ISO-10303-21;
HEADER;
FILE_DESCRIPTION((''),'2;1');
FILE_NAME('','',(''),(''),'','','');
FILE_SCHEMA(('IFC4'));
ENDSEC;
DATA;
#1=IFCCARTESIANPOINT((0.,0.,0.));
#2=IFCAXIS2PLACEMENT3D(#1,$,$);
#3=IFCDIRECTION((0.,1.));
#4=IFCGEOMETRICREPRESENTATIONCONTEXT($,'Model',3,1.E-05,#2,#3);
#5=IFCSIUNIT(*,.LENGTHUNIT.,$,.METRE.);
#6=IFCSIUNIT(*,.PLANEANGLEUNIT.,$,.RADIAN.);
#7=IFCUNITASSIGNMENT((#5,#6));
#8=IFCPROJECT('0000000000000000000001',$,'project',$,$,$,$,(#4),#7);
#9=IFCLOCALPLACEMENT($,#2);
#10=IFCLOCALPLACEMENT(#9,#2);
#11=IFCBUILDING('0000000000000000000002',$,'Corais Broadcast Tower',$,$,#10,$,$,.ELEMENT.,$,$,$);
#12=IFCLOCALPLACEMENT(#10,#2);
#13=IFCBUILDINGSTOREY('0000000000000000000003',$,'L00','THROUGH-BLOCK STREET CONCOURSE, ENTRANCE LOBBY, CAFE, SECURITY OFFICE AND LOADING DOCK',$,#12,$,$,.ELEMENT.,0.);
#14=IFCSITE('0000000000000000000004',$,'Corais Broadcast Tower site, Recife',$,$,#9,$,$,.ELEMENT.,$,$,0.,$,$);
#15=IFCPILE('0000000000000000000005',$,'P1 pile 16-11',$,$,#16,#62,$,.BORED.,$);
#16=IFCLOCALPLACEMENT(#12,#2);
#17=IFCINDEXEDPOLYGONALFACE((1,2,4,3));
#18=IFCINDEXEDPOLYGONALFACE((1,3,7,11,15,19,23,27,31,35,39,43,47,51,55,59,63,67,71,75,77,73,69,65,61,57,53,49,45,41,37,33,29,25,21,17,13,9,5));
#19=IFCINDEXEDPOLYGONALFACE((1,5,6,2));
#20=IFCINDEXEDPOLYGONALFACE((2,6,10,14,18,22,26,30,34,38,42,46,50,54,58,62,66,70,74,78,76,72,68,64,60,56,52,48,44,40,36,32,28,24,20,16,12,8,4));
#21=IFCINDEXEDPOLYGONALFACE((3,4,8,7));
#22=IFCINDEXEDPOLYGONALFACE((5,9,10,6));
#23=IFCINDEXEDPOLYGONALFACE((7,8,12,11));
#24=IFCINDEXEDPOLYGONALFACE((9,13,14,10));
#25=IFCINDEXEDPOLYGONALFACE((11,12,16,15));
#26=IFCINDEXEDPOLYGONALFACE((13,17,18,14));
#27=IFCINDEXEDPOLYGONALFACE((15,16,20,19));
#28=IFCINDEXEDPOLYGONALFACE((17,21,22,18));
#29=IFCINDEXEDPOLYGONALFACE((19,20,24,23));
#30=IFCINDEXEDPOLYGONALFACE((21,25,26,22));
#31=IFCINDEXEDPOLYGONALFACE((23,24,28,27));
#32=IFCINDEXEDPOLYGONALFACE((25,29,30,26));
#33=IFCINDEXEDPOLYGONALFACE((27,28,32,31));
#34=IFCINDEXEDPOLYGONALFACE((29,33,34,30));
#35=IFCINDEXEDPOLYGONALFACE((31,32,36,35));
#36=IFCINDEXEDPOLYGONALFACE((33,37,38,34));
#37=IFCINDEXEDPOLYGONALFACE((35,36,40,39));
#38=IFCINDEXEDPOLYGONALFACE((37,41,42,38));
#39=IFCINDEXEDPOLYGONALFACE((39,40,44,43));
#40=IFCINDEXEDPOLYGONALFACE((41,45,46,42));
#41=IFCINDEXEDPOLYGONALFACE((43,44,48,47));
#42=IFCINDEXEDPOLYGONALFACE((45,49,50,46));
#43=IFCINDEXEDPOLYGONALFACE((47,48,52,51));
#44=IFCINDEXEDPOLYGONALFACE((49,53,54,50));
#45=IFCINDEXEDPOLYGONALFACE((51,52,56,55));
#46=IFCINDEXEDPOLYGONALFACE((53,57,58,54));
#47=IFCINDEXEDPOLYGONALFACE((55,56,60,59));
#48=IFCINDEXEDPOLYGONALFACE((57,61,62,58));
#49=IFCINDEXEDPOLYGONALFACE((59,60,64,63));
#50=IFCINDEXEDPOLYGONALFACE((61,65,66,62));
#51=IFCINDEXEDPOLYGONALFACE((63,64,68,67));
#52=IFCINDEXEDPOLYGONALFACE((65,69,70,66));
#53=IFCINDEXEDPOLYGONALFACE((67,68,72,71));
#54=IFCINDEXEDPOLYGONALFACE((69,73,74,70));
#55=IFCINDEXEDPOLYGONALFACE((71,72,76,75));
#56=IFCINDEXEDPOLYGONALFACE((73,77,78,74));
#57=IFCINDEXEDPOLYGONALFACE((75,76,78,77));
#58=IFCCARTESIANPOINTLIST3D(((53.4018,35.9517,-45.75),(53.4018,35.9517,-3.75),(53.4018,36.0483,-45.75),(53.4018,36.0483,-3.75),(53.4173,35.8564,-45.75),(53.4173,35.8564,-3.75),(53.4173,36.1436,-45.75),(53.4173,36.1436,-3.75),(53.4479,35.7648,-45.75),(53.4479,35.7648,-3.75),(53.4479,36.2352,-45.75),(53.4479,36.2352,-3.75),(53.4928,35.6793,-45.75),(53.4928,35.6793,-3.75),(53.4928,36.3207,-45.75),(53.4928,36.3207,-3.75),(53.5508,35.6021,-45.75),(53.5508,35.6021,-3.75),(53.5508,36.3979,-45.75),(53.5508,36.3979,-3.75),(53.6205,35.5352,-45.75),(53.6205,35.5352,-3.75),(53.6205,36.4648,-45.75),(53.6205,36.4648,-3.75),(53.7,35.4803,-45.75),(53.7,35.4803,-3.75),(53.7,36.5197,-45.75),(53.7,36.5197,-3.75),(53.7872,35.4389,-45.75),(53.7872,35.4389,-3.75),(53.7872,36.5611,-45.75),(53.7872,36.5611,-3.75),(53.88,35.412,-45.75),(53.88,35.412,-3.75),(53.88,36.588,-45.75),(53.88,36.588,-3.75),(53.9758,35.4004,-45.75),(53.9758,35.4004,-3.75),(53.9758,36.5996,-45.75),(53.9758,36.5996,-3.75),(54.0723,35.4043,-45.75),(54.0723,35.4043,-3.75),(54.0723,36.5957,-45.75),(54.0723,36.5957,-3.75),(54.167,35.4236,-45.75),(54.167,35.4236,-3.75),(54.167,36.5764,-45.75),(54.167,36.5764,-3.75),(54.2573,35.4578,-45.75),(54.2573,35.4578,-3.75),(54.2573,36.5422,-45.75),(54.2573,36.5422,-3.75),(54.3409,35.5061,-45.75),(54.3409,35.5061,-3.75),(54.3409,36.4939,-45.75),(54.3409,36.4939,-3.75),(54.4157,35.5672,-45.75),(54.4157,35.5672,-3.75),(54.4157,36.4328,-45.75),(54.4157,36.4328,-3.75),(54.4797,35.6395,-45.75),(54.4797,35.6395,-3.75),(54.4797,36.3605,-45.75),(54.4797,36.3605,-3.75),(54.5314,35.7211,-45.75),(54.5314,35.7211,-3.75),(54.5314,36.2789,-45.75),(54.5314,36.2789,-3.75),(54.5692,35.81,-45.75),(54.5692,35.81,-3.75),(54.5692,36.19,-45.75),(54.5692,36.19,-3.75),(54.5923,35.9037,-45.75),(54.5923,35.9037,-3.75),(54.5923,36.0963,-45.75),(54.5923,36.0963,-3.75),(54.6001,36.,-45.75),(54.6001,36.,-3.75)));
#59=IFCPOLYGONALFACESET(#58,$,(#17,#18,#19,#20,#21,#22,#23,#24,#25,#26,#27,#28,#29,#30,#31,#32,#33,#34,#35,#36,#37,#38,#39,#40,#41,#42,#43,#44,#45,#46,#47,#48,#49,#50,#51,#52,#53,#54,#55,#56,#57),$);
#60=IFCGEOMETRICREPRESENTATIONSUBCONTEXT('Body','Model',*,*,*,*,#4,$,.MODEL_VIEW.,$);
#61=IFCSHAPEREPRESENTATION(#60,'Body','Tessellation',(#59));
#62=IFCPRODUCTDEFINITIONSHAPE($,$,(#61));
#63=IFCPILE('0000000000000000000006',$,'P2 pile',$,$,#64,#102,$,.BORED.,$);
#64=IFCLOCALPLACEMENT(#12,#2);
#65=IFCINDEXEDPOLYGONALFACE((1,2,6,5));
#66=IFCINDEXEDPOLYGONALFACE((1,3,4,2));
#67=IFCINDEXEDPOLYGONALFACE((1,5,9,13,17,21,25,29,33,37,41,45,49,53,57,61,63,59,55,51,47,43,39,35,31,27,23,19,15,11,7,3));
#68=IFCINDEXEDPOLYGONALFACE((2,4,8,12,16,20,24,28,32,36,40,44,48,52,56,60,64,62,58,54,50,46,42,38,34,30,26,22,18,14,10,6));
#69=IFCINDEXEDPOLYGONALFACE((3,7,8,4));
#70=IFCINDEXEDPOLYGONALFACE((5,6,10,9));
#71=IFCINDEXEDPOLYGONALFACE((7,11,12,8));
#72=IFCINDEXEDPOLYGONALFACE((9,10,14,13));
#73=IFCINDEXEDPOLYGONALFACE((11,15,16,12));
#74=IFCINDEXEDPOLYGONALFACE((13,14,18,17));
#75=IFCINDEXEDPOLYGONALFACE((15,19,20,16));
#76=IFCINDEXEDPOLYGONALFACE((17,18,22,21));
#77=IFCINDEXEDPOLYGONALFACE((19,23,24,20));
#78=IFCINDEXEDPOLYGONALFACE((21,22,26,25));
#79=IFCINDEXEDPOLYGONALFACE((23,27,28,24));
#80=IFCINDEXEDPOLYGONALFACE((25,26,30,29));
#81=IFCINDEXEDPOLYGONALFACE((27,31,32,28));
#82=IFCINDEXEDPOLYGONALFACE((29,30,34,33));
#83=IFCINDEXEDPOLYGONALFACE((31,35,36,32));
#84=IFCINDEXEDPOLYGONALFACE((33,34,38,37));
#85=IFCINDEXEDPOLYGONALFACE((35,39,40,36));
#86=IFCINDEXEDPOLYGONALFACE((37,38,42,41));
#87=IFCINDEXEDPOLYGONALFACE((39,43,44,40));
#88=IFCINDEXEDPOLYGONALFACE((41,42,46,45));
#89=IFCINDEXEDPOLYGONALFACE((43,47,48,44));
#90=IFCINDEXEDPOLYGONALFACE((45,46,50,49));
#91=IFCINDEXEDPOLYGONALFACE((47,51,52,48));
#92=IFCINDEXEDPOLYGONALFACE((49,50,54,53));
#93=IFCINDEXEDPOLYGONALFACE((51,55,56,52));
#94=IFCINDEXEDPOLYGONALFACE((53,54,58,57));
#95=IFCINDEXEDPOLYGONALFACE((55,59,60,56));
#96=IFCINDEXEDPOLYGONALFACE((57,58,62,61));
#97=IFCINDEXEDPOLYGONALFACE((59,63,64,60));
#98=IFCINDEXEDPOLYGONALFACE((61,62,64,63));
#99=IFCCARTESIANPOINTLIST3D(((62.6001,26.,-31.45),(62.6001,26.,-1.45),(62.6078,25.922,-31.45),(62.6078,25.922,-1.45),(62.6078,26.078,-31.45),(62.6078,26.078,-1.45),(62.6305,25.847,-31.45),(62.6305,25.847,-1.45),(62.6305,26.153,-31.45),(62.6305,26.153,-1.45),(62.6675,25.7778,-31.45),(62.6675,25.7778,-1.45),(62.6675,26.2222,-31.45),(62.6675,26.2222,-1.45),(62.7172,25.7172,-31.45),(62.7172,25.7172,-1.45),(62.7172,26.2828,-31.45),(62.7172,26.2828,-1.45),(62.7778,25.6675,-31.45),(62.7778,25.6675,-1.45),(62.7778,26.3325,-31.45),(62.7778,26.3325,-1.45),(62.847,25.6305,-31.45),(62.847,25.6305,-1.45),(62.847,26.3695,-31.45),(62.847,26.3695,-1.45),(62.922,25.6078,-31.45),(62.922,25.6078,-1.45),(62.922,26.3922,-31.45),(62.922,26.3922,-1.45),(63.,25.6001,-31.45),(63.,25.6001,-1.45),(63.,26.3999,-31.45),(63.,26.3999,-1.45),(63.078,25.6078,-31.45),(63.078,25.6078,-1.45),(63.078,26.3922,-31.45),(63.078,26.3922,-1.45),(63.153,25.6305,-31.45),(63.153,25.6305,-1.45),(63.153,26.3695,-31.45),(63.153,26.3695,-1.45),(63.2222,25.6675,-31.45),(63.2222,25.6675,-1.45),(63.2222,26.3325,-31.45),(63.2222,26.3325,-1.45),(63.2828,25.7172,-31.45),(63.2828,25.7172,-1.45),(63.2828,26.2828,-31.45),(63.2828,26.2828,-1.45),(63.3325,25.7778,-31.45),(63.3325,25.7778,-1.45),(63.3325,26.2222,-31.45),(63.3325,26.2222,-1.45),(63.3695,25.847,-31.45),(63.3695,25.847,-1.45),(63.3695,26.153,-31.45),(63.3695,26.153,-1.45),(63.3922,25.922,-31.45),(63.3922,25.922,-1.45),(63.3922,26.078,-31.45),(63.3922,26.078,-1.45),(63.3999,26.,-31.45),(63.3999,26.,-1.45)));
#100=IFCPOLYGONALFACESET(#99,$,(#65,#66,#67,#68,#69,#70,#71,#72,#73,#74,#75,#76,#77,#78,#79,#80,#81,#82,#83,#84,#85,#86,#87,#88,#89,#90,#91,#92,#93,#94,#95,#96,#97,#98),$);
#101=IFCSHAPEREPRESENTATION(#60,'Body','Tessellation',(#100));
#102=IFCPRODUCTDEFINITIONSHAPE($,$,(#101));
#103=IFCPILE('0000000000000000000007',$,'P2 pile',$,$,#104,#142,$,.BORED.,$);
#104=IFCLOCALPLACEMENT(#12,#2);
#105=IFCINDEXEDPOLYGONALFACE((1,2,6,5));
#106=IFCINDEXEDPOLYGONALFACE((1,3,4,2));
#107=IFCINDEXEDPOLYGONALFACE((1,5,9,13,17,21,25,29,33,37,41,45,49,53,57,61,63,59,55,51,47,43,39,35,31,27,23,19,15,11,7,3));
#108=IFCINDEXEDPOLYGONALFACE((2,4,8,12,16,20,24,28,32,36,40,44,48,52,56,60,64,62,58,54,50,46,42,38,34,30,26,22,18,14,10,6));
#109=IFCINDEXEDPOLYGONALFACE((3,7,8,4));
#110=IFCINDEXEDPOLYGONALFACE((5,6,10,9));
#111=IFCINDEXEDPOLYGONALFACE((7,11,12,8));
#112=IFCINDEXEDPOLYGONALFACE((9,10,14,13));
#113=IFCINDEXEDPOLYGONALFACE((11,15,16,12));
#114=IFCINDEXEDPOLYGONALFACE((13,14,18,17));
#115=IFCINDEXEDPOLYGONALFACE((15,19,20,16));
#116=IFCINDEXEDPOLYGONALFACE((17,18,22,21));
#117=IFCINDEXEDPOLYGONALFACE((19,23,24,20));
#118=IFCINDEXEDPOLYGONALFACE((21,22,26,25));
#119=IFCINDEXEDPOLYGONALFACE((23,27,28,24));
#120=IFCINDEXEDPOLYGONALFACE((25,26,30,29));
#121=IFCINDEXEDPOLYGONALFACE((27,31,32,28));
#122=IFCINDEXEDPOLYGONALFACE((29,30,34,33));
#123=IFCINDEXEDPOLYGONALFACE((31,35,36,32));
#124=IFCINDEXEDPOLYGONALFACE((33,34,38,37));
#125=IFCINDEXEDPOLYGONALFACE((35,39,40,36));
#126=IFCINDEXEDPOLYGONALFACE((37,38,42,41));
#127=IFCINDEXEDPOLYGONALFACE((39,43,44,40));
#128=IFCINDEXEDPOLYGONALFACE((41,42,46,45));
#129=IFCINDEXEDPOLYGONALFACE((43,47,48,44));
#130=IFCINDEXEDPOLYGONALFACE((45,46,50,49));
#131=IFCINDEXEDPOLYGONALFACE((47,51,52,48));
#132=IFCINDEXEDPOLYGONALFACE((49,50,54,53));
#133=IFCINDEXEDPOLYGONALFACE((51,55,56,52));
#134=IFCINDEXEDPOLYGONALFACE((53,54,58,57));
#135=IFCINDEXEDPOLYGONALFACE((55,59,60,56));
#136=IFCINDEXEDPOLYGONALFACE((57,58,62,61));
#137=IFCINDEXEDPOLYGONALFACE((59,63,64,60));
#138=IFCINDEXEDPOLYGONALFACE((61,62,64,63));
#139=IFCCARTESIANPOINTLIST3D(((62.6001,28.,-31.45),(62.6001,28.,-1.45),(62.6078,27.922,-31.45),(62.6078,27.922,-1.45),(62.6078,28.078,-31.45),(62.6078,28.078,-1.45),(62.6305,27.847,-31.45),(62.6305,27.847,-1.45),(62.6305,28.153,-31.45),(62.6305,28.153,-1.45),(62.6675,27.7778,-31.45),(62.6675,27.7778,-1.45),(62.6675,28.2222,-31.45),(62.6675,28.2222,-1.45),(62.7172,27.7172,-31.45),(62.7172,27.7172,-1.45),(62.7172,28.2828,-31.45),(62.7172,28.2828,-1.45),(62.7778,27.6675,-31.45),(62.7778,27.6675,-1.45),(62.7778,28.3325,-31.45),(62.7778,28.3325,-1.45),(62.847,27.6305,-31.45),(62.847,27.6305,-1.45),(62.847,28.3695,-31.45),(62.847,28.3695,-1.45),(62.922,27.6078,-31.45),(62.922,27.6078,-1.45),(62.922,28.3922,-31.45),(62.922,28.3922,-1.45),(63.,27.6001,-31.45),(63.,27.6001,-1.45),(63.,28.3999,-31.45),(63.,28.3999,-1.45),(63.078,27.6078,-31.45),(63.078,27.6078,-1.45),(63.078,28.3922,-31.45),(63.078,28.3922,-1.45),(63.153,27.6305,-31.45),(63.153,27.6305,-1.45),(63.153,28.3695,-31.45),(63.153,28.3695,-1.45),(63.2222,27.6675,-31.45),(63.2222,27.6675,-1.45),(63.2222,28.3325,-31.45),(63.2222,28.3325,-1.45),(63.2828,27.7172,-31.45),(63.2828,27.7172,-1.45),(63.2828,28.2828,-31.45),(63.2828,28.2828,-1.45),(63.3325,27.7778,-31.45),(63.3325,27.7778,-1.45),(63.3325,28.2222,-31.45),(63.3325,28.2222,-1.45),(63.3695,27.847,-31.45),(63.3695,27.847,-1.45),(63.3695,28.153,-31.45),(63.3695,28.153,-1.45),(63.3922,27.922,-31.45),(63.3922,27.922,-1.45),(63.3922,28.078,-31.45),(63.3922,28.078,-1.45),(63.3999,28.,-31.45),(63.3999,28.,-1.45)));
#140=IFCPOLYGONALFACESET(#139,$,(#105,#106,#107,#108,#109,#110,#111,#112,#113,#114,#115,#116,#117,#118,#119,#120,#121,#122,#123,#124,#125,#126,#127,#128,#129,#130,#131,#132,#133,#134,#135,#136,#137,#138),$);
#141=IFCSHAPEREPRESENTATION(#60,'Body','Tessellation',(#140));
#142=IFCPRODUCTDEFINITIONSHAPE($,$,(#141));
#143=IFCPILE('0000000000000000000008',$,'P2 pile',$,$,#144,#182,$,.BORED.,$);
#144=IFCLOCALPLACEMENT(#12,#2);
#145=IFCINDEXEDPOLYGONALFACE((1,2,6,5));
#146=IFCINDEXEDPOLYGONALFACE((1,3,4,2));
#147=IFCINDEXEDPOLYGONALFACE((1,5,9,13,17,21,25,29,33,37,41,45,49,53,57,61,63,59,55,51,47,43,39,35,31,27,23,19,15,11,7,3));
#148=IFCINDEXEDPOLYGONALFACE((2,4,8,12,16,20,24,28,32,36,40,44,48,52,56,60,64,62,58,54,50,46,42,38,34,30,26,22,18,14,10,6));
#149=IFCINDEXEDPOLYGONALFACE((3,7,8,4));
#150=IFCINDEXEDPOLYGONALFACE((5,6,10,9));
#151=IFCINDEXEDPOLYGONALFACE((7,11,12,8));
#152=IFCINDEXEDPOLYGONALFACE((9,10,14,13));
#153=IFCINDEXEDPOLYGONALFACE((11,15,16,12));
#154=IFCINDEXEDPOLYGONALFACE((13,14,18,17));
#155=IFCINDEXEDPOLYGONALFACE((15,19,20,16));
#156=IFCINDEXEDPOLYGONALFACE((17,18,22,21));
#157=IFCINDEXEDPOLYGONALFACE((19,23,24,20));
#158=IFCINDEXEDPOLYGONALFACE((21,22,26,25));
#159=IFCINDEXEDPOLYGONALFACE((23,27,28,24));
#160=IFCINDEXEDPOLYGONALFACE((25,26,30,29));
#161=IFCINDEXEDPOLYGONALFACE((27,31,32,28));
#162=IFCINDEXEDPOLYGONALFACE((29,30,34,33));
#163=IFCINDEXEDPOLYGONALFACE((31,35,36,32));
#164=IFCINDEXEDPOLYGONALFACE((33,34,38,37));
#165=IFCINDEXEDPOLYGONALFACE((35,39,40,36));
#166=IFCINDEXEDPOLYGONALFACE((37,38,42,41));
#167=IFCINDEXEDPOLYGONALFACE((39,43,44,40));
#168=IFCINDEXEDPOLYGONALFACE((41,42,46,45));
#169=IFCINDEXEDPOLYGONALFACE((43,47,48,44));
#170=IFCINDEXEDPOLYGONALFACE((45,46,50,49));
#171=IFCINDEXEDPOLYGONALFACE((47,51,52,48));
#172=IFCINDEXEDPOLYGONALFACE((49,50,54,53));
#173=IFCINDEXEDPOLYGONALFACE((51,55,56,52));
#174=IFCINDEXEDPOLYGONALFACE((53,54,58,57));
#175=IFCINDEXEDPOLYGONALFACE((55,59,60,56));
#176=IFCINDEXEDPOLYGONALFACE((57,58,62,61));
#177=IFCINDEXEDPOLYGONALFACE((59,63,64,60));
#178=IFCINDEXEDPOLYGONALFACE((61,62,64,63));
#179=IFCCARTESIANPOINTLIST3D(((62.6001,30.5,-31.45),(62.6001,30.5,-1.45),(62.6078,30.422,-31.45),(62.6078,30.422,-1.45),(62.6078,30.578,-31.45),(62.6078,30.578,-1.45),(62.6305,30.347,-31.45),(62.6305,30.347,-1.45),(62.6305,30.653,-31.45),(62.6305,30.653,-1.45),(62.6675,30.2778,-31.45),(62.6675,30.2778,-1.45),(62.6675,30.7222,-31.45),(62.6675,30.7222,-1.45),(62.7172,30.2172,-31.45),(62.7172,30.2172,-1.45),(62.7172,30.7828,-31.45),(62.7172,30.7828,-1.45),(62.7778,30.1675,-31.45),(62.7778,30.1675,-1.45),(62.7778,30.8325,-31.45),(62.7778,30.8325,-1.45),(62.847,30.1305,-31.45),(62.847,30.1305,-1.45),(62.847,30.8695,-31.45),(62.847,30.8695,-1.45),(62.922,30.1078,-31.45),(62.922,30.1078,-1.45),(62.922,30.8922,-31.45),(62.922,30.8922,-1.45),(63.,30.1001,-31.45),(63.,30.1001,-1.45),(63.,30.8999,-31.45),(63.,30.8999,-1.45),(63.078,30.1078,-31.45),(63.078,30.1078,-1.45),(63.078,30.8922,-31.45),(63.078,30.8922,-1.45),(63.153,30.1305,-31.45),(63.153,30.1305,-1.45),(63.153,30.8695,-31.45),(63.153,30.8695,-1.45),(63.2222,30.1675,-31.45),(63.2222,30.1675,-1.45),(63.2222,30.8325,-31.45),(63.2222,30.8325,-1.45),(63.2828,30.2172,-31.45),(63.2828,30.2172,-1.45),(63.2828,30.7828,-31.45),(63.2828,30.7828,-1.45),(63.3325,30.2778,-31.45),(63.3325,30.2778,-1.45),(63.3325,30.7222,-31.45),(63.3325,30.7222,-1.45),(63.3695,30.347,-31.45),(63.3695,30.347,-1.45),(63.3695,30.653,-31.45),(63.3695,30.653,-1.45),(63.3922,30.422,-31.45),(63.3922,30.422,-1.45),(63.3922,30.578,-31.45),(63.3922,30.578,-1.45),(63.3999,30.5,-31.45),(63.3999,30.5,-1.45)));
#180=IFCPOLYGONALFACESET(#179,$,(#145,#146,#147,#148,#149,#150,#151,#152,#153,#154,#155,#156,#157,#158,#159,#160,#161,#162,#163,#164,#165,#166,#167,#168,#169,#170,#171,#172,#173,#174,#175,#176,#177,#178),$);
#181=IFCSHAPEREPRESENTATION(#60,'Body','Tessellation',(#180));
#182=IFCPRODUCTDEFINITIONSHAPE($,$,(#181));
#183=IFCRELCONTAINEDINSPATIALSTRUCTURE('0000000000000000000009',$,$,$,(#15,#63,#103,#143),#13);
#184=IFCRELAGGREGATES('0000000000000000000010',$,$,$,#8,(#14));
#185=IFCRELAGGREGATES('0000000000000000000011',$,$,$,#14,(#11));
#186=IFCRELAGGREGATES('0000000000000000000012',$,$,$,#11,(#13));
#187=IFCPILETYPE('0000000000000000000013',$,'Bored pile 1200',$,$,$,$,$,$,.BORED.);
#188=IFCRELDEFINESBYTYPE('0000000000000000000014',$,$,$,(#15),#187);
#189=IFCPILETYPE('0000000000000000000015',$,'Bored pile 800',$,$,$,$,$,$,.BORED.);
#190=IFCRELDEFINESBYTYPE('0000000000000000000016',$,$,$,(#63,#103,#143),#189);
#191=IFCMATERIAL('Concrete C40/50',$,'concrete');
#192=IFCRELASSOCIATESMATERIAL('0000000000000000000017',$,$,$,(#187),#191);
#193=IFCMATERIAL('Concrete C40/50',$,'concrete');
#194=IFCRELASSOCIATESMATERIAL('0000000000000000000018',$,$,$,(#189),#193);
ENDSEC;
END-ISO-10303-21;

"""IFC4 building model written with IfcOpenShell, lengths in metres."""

from ifc_helpers import new_model, si_unit, direction, frame, origin, origin_2d, place, context, subcontext, project, spatial, circle, extrude, material, type_object, element, save


model = new_model("IFC4")

# Units and contexts
model_context = context("Model", 3, precision=1e-05, world=origin(), true_north=direction((0.0, 1.0)))
body_context = subcontext(model_context, "Body", "Model", "MODEL_VIEW")
ifc_project = project(units=[si_unit("LENGTHUNIT", "METRE"), si_unit("PLANEANGLEUNIT", "RADIAN")], contexts=[model_context])

# Site, building, storey
site_placement = place(None, origin())
site = spatial("IfcSite", under=ifc_project, at=site_placement, Name="Corais Broadcast Tower site, Recife", CompositionType="ELEMENT", RefElevation=0.0)
building_placement = place(site_placement, origin())
building = spatial("IfcBuilding", under=site, at=building_placement, Name="Corais Broadcast Tower", CompositionType="ELEMENT")
storey_placement = place(building_placement, origin())
storey = spatial("IfcBuildingStorey", under=building, at=storey_placement, Name="L00", Description="THROUGH-BLOCK STREET CONCOURSE, ENTRANCE LOBBY, CAFE, SECURITY OFFICE AND LOADING DOCK", CompositionType="ELEMENT", Elevation=0.0)

# Piles
ifc_material_1 = material(Name="Concrete C40/50", Category="concrete")
pile_type_1 = type_object("IfcPileType", Name="Bored pile 1200", PredefinedType="BORED", material=ifc_material_1)
for number, where, z_axis, x_axis, name in (
    (1, (54.0, 36.0, -3.75), (0.0, 0.0, -1.0), (1.0, 0.0, 0.0), "P1 pile 16-11"),
):
    element("IfcPile", number, at=place(storey_placement, frame(where, z_axis=z_axis, x_axis=x_axis)), inside=storey, type_object=pile_type_1, Name=name, PredefinedType="BORED", context=body_context, shape_type="SweptSolid", body=[
        extrude(circle(Radius=0.6001, at=origin_2d()), origin(), (0.0, 0.0, 1.0), 42.0),
    ])
ifc_material_2 = material(Name="Concrete C40/50", Category="concrete")
pile_type_2 = type_object("IfcPileType", Name="Bored pile 800", PredefinedType="BORED", material=ifc_material_2)
for number, where, z_axis, x_axis, name in (
    (2, (63.0, 26.0, -1.45), (0.0, 0.0, -1.0), (1.0, 0.0, 0.0), "P2 pile"),
    (3, (63.0, 28.0, -1.45), (0.0, 0.0, -1.0), (1.0, 0.0, 0.0), "P2 pile"),
    (4, (63.0, 30.5, -1.45), (0.0, 0.0, -1.0), (1.0, 0.0, 0.0), "P2 pile"),
):
    element("IfcPile", number, at=place(storey_placement, frame(where, z_axis=z_axis, x_axis=x_axis)), inside=storey, type_object=pile_type_2, Name=name, PredefinedType="BORED", context=body_context, shape_type="SweptSolid", body=[
        extrude(circle(Radius=0.3999, at=origin_2d()), origin(), (0.0, 0.0, 1.0), 30.0),
    ])

save(model, "model.ifc")
